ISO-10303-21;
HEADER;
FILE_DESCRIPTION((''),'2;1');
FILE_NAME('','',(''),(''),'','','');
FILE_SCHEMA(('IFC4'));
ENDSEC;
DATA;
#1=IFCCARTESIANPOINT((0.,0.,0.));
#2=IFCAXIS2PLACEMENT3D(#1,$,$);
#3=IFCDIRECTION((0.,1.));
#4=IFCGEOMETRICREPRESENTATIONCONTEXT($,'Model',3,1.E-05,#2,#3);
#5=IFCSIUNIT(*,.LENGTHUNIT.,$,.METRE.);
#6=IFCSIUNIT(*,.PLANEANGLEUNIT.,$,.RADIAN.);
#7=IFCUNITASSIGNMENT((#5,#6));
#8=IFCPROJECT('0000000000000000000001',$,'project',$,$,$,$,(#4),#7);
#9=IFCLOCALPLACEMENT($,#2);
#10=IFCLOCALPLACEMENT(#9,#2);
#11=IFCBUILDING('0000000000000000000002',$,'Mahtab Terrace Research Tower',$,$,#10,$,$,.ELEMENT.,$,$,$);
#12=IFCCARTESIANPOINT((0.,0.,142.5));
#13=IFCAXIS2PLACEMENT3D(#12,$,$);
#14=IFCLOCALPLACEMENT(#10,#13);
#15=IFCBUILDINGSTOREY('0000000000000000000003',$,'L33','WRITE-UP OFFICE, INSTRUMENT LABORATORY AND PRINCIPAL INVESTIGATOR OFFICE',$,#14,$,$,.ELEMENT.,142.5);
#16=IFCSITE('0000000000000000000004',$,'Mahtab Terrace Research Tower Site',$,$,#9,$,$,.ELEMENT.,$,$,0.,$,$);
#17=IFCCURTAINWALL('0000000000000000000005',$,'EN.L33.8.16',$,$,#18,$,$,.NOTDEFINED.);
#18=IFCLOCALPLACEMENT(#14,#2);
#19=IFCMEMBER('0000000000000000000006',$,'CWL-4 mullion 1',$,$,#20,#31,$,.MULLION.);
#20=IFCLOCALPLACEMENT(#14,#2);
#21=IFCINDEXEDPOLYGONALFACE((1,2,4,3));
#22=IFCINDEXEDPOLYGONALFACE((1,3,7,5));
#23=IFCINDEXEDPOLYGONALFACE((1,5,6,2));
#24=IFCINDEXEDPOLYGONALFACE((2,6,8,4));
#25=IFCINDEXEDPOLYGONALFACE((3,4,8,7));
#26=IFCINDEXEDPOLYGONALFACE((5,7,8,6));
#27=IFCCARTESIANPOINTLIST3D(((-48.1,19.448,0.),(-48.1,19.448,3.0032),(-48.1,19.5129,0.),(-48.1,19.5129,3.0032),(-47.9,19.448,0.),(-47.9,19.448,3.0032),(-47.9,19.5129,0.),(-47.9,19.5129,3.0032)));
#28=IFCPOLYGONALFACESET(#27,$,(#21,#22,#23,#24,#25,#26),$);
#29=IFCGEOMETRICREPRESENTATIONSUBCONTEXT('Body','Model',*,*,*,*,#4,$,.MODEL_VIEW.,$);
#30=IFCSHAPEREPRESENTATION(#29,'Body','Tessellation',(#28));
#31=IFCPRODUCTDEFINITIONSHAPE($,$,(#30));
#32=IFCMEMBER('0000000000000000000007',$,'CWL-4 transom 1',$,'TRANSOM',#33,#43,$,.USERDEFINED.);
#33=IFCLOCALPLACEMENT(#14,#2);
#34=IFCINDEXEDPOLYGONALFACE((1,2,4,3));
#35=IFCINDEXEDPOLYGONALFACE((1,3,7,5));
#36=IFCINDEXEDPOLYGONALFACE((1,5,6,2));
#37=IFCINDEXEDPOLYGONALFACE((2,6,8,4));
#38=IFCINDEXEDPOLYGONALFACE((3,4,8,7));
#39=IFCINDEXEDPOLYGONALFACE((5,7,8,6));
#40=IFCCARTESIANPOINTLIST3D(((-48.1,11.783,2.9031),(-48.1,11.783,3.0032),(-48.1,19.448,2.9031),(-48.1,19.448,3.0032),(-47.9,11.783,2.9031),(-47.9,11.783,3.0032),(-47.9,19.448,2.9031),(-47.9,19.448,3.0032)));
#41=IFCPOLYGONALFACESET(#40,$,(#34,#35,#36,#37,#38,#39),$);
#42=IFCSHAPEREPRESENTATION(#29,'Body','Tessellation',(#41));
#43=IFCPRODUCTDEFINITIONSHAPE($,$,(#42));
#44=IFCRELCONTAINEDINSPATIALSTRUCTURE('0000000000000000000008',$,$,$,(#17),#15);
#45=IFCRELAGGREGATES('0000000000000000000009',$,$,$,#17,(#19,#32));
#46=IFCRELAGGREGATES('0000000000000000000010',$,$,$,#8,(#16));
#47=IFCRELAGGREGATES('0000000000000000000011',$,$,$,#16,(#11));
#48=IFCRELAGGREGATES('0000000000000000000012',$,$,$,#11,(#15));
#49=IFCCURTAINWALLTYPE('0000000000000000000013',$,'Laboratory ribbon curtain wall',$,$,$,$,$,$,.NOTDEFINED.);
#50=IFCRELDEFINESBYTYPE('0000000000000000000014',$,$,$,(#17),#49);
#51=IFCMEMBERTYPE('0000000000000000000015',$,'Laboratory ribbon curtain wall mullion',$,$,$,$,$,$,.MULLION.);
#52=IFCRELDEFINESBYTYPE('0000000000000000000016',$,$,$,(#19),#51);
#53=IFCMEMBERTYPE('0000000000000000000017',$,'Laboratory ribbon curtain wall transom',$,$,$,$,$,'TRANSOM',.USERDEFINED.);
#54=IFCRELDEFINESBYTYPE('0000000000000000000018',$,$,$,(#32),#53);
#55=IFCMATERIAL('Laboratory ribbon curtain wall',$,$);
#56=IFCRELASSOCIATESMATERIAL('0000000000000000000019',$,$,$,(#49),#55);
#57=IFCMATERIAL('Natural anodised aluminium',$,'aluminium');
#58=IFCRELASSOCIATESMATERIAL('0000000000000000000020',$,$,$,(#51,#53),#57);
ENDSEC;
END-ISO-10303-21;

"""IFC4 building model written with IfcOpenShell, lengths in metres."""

from ifc_helpers import new_model, si_unit, direction, frame, origin, origin_2d, place, context, subcontext, project, spatial, rectangle, extrude, material, material_profile, profile_set, type_object, element, aggregate, save


model = new_model("IFC4")

# Units and contexts
model_context = context("Model", 3, precision=1e-05, world=origin(), true_north=direction((0.0, 1.0)))
body_context = subcontext(model_context, "Body", "Model", "MODEL_VIEW")
ifc_project = project(units=[si_unit("LENGTHUNIT", "METRE"), si_unit("PLANEANGLEUNIT", "RADIAN")], contexts=[model_context])

# Site, building, storey
site_placement = place(None, origin())
site = spatial("IfcSite", under=ifc_project, at=site_placement, Name="Mahtab Terrace Research Tower Site", CompositionType="ELEMENT", RefElevation=0.0)
building_placement = place(site_placement, origin())
building = spatial("IfcBuilding", under=site, at=building_placement, Name="Mahtab Terrace Research Tower", CompositionType="ELEMENT")
storey_placement = place(building_placement, frame((0.0, 0.0, 142.5)))
storey = spatial("IfcBuildingStorey", under=building, at=storey_placement, Name="L33", Description="WRITE-UP OFFICE, INSTRUMENT LABORATORY AND PRINCIPAL INVESTIGATOR OFFICE", CompositionType="ELEMENT", Elevation=142.5)

# Curtain wall, members
ifc_material_1 = material(Name="Laboratory ribbon curtain wall")
curtain_wall_type = type_object("IfcCurtainWallType", Name="Laboratory ribbon curtain wall", PredefinedType="NOTDEFINED", material=ifc_material_1)
curtain_wall_placement = place(storey_placement, origin())
curtain_wall = element("IfcCurtainWall", 1, at=curtain_wall_placement, inside=storey, type_object=curtain_wall_type, Name="EN.L33.8.16", PredefinedType="NOTDEFINED")
ifc_material_2 = material(Name="Natural anodised aluminium", Category="aluminium")
ifc_material_profile_1 = material_profile(ifc_material_2, rectangle(XDim=0.2, YDim=0.0649, at=origin_2d()), Name="MULLION 65x200")
ifc_profile_set_1 = profile_set([ifc_material_profile_1], Name="Natural anodised aluminium")
member_type_1 = type_object("IfcMemberType", Name="Laboratory ribbon curtain wall mullion", PredefinedType="MULLION", material=ifc_profile_set_1)
member_1_placement = place(storey_placement, frame((-48.0, 19.4805, 0.0), z_axis=(0.0, 0.0, 1.0), x_axis=(1.0, 0.0, 0.0)))
member_1 = element("IfcMember", 2, at=member_1_placement, type_object=member_type_1, Name="CWL-4 mullion 1", PredefinedType="MULLION", context=body_context, shape_type="SweptSolid", body=[
    extrude(rectangle(XDim=0.2, YDim=0.0649, at=origin_2d()), origin(), (0.0, 0.0, 1.0), 3.0032),
])
ifc_material_profile_2 = material_profile(ifc_material_2, rectangle(XDim=0.2, YDim=0.1001, at=origin_2d()), Name="TRANSOM 100x200")
ifc_profile_set_2 = profile_set([ifc_material_profile_2], Name="Natural anodised aluminium")
member_type_2 = type_object("IfcMemberType", Name="Laboratory ribbon curtain wall transom", ElementType="TRANSOM", PredefinedType="USERDEFINED", material=ifc_profile_set_2)
member_2_placement = place(storey_placement, frame((-48.0, 19.448, 2.9531), z_axis=(0.0, -1.0, 0.0), x_axis=(1.0, 0.0, 0.0)))
member_2 = element("IfcMember", 3, at=member_2_placement, type_object=member_type_2, Name="CWL-4 transom 1", ObjectType="TRANSOM", PredefinedType="USERDEFINED", context=body_context, shape_type="SweptSolid", body=[
    extrude(rectangle(XDim=0.2, YDim=0.1001, at=origin_2d()), origin(), (0.0, 0.0, 1.0), 7.665),
])
aggregate(curtain_wall, [member_1, member_2])

save(model, "model.ifc")
